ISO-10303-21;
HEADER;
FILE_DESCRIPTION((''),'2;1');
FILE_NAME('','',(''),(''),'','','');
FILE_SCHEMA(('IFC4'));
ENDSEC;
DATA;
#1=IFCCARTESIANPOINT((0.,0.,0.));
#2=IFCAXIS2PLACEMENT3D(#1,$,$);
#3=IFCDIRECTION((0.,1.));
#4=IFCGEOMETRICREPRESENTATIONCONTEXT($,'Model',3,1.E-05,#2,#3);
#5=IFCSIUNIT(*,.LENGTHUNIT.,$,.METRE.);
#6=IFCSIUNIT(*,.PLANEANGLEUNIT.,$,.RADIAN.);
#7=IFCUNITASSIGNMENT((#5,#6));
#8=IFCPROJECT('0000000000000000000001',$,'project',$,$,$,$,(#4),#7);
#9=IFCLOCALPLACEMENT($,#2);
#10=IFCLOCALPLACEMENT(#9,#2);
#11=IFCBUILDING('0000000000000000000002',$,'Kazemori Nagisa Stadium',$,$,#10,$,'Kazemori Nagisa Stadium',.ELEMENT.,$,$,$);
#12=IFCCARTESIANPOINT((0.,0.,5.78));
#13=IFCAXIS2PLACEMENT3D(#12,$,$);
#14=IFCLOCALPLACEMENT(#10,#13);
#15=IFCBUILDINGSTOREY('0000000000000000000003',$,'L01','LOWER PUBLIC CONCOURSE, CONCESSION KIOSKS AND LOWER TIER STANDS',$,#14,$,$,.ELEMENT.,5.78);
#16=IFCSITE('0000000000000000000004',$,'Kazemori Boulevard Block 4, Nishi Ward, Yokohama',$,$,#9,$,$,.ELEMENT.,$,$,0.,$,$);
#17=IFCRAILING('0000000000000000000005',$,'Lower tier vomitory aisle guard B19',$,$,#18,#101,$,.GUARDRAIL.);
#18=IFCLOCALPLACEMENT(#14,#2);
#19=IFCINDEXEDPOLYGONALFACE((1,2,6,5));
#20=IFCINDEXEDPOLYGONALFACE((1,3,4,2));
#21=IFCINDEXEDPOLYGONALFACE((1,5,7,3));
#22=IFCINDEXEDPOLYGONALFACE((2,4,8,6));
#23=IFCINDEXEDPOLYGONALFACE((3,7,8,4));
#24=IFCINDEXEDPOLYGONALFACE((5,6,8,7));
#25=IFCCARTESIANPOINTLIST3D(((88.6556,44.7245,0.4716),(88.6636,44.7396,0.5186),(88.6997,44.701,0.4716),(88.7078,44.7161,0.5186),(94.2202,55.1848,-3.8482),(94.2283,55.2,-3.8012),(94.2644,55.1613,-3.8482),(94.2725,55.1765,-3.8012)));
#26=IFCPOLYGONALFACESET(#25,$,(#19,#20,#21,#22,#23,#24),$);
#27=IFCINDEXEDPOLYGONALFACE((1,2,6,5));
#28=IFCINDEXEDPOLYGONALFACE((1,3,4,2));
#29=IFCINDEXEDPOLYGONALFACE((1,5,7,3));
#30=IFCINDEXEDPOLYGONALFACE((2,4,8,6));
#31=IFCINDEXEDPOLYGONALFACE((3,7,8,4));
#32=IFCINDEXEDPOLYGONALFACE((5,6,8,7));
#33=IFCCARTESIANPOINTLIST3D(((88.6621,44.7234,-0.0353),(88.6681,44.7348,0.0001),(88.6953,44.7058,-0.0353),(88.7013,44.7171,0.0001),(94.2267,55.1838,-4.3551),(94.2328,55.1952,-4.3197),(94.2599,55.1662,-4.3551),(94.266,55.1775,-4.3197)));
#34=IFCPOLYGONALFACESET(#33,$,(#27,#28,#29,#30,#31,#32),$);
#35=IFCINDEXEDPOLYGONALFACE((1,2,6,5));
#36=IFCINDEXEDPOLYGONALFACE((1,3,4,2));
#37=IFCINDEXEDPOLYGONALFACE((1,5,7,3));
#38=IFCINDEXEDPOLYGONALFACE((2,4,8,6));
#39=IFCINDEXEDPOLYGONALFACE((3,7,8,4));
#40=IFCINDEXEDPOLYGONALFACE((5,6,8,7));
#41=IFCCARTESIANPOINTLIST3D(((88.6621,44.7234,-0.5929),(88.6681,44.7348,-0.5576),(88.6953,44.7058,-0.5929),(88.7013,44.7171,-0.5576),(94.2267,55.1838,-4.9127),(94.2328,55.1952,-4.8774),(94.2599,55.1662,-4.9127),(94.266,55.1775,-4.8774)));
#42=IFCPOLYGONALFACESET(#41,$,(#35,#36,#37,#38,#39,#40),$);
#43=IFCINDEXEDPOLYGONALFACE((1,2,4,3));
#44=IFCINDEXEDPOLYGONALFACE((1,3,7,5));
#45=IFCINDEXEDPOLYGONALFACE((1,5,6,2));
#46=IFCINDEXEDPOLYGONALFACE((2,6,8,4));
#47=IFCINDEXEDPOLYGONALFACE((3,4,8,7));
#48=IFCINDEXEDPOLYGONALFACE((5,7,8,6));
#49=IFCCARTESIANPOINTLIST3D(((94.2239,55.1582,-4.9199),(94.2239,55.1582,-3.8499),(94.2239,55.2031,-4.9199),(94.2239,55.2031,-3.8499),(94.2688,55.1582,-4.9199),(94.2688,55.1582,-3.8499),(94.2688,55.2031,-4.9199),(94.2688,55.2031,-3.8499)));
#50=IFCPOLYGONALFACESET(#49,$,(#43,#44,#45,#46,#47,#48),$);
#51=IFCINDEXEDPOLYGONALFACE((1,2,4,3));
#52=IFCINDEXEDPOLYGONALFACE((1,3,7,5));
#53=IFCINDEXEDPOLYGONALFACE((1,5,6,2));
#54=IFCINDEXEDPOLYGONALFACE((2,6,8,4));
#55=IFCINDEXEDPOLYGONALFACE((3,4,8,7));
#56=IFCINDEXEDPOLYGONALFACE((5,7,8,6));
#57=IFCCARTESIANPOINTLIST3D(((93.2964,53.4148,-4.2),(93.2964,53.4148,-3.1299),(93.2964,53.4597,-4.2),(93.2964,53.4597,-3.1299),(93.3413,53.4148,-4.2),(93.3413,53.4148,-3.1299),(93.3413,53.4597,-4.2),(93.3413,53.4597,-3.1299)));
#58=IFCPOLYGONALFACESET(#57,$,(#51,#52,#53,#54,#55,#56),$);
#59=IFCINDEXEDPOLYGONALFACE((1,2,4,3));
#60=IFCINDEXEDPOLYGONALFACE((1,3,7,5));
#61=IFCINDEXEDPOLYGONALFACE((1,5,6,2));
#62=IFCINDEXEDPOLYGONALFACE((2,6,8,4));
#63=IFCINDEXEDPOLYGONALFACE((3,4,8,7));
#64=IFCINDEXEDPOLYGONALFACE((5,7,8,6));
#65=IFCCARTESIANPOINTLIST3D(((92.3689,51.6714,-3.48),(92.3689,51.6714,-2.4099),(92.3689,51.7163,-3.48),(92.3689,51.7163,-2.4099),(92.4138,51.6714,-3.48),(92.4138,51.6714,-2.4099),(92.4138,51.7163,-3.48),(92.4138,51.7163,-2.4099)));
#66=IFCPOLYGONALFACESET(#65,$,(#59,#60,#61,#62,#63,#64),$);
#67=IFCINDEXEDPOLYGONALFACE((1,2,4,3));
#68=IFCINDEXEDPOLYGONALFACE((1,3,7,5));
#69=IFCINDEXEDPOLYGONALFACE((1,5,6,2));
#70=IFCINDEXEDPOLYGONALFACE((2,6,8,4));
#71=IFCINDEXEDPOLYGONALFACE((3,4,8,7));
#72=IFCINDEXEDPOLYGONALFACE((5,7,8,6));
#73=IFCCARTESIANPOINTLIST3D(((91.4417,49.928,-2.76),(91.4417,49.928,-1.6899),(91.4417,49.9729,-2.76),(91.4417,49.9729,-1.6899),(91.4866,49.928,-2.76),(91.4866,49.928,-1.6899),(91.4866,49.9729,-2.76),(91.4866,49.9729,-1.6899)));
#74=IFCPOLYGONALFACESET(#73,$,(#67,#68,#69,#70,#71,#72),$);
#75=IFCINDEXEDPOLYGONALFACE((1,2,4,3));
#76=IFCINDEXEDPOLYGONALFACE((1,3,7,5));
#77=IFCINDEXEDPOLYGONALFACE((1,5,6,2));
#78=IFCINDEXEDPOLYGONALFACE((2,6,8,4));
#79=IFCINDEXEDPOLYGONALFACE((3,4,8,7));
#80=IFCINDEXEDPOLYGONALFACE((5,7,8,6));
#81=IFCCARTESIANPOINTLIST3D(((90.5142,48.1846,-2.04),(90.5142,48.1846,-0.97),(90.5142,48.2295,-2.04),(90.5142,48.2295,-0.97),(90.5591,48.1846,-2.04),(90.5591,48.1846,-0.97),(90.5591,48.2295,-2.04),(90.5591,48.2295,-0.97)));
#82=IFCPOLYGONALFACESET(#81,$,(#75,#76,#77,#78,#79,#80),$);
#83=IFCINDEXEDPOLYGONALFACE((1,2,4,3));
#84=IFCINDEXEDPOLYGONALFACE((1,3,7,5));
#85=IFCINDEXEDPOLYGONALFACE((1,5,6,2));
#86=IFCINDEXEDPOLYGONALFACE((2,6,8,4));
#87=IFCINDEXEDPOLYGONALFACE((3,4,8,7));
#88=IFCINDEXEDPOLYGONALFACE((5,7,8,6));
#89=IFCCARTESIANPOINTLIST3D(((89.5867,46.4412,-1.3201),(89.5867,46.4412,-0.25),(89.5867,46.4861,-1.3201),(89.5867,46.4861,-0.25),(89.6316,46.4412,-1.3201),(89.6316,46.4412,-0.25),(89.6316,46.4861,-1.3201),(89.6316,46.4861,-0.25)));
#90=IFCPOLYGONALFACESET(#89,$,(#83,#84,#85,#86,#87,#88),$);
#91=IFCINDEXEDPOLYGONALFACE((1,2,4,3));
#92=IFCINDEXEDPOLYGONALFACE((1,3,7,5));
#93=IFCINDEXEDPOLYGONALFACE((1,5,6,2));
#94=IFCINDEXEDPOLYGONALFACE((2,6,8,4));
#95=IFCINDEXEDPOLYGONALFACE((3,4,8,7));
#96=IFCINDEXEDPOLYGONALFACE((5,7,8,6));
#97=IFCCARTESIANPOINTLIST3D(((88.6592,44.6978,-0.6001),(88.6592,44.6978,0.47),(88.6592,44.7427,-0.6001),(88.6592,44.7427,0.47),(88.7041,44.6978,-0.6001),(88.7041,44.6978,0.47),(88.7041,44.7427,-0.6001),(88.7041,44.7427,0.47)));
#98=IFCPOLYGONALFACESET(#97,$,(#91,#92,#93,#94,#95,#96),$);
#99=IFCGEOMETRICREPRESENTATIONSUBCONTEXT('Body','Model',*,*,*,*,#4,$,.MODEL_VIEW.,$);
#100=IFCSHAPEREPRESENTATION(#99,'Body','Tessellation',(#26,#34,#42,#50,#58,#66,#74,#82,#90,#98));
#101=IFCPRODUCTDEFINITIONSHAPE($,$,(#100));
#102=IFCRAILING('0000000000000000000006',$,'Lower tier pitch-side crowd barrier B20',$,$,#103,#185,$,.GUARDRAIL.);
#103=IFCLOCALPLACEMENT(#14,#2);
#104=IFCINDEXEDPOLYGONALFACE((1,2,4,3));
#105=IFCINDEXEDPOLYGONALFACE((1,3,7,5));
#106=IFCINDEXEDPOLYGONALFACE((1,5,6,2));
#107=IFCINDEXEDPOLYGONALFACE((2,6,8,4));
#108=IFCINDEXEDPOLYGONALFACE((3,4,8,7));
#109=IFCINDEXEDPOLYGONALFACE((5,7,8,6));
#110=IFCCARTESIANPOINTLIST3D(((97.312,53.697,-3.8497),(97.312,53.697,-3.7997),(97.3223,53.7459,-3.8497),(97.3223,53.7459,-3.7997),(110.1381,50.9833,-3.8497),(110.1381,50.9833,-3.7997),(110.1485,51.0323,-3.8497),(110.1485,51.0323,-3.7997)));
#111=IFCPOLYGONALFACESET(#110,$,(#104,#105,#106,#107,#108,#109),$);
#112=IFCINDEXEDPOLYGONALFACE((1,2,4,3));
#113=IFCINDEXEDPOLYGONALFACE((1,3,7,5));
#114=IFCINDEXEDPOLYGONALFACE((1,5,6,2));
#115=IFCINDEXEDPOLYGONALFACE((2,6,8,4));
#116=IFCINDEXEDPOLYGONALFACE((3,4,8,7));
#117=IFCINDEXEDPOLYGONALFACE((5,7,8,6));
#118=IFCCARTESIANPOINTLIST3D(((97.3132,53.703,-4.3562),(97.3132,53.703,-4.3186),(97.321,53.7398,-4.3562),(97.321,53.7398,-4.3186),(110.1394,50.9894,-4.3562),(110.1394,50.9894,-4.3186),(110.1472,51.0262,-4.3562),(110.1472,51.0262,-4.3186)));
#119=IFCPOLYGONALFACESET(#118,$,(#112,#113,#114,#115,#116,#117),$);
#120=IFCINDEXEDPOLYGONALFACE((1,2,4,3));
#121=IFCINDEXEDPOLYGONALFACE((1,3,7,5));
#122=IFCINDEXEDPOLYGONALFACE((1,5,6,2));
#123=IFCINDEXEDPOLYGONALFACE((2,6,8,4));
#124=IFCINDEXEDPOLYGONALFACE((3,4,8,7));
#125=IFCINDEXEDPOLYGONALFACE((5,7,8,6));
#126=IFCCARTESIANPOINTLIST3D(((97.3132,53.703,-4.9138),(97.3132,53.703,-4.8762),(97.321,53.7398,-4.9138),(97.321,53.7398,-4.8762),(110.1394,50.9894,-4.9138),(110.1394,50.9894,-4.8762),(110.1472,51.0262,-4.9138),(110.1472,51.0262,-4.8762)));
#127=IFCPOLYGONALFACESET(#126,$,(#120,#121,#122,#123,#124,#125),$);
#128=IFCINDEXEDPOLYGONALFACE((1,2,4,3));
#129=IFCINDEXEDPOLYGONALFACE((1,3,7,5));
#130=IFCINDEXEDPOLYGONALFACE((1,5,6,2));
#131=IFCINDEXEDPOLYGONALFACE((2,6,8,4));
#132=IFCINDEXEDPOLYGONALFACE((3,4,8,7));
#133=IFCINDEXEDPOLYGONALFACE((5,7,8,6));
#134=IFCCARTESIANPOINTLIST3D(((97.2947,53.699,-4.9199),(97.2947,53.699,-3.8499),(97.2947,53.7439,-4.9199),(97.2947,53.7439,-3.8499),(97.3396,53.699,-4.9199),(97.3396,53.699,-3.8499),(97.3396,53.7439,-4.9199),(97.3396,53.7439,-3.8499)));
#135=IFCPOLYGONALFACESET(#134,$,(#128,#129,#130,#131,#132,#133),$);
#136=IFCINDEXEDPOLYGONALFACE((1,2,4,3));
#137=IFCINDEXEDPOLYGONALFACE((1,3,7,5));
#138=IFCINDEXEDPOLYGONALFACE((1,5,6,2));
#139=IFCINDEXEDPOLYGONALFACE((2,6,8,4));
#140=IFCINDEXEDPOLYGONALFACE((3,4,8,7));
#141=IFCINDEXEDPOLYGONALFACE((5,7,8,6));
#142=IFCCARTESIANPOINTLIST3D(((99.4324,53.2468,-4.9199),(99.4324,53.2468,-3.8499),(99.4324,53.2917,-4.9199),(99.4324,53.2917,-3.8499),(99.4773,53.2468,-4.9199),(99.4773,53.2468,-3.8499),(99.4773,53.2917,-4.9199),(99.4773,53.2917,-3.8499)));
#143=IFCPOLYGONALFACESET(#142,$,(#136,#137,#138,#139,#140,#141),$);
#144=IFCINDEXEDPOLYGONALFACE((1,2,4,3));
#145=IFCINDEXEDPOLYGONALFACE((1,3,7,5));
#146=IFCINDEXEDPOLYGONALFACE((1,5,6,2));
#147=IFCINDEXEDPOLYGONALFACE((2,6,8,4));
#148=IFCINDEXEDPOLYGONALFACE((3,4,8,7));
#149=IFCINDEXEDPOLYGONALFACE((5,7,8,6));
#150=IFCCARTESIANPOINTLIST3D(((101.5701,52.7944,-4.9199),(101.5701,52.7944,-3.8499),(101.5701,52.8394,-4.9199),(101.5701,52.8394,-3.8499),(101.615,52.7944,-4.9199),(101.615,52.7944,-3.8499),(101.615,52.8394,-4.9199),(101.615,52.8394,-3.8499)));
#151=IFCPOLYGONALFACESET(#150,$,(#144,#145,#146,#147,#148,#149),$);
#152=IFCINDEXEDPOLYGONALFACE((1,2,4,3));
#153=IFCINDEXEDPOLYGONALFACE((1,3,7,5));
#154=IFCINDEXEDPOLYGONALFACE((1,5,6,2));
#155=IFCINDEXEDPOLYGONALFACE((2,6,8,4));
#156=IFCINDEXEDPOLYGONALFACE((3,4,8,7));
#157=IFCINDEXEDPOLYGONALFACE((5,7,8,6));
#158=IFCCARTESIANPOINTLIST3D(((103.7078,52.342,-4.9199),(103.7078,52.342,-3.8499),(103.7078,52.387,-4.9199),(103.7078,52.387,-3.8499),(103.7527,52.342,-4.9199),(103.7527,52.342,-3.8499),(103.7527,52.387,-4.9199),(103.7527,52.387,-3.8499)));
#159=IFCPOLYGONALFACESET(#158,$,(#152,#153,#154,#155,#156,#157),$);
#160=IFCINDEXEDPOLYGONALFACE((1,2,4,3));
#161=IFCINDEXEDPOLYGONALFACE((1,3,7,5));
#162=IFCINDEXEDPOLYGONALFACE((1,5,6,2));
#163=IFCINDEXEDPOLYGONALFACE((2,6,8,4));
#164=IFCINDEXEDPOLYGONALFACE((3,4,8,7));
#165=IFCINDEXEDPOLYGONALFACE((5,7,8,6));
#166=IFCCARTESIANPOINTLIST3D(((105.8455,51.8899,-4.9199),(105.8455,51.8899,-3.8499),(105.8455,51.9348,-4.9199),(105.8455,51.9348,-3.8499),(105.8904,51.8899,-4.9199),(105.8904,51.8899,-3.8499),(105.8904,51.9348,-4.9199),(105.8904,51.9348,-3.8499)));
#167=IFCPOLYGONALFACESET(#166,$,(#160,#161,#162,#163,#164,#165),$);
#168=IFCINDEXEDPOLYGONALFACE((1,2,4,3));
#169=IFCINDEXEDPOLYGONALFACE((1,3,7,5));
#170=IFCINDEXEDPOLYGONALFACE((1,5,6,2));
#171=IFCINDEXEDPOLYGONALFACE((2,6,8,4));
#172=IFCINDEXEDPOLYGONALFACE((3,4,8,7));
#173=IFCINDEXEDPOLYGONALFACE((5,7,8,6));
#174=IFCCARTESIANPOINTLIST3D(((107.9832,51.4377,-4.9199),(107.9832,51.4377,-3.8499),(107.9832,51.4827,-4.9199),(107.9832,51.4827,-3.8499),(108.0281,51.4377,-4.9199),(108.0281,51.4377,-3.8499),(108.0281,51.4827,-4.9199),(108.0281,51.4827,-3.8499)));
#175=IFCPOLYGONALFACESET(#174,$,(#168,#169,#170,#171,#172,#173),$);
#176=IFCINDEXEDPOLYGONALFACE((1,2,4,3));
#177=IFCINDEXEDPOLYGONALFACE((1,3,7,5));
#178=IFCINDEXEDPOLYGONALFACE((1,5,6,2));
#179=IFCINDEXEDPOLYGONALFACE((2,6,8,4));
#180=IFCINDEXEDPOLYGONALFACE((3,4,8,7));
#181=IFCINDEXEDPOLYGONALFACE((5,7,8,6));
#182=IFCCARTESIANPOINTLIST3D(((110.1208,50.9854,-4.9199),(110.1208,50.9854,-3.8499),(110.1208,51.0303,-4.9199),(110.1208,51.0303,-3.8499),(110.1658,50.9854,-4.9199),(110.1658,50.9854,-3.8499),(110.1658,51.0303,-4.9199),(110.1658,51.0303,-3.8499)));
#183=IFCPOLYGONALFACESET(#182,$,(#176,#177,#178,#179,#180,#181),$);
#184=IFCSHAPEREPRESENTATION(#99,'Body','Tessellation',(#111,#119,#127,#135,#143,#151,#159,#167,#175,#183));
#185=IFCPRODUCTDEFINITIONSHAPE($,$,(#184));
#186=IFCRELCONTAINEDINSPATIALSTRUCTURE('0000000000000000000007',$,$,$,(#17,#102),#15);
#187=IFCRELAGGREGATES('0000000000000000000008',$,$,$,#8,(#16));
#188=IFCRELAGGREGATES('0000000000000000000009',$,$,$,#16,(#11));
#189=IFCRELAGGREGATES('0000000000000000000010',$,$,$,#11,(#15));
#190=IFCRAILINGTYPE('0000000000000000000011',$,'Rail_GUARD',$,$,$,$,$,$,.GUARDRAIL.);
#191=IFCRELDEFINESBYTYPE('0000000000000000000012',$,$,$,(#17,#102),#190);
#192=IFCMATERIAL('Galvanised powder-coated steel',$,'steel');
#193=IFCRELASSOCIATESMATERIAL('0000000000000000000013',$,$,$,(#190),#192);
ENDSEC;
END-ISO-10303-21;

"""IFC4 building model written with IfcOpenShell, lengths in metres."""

from ifc_helpers import new_model, si_unit, direction, frame, origin, origin_2d, place, context, subcontext, project, spatial, rectangle, extrude, material, type_object, element, save


model = new_model("IFC4")

# Units and contexts
model_context = context("Model", 3, precision=1e-05, world=origin(), true_north=direction((0.0, 1.0)))
body_context = subcontext(model_context, "Body", "Model", "MODEL_VIEW")
ifc_project = project(units=[si_unit("LENGTHUNIT", "METRE"), si_unit("PLANEANGLEUNIT", "RADIAN")], contexts=[model_context])

# Site, building, storey
site_placement = place(None, origin())
site = spatial("IfcSite", under=ifc_project, at=site_placement, Name="Kazemori Boulevard Block 4, Nishi Ward, Yokohama", CompositionType="ELEMENT", RefElevation=0.0)
building_placement = place(site_placement, origin())
building = spatial("IfcBuilding", under=site, at=building_placement, Name="Kazemori Nagisa Stadium", LongName="Kazemori Nagisa Stadium", CompositionType="ELEMENT")
storey_placement = place(building_placement, frame((0.0, 0.0, 5.78)))
storey = spatial("IfcBuildingStorey", under=building, at=storey_placement, Name="L01", Description="LOWER PUBLIC CONCOURSE, CONCESSION KIOSKS AND LOWER TIER STANDS", CompositionType="ELEMENT", Elevation=5.78)

# Railings
ifc_material_1 = material(Name="Galvanised powder-coated steel", Category="steel")
railing_type_1 = type_object("IfcRailingType", Name="Rail_GUARD", PredefinedType="GUARDRAIL", material=ifc_material_1)
railing_1_placement = place(storey_placement, frame((94.2463, 55.1807, -4.9199)))
element("IfcRailing", 1, at=railing_1_placement, inside=storey, type_object=railing_type_1, Name="Lower tier vomitory aisle guard B19", PredefinedType="GUARDRAIL", context=body_context, shape_type="SweptSolid", body=[
    extrude(rectangle(XDim=0.05, YDim=0.05, at=origin_2d()), frame((0.0, 0.0, 1.0952), z_axis=(-0.441243, -0.829443, 0.342533), x_axis=(0.88285, -0.469654, 0.0)), (0.0, 0.0, 1.0), 12.6113),
    extrude(rectangle(XDim=0.0376, YDim=0.0376, at=origin_2d()), frame((0.0, 0.0, 0.5825), z_axis=(-0.441243, -0.829443, 0.342533), x_axis=(0.88285, -0.469654, 0.0)), (0.0, 0.0, 1.0), 12.6113),
    extrude(rectangle(XDim=0.0376, YDim=0.0376, at=origin_2d()), frame((0.0, 0.0, 0.0249), z_axis=(-0.441243, -0.829443, 0.342533), x_axis=(0.88285, -0.469654, 0.0)), (0.0, 0.0, 1.0), 12.6113),
    extrude(rectangle(XDim=0.0449, YDim=0.0449, at=origin_2d()), origin(), (0.0, 0.0, 1.0), 1.0701),
    extrude(rectangle(XDim=0.0449, YDim=0.0449, at=origin_2d()), frame((-0.9275, -1.7434, 0.72)), (0.0, 0.0, 1.0), 1.0701),
    extrude(rectangle(XDim=0.0449, YDim=0.0449, at=origin_2d()), frame((-1.855, -3.4868, 1.4399)), (0.0, 0.0, 1.0), 1.0701),
    extrude(rectangle(XDim=0.0449, YDim=0.0449, at=origin_2d()), frame((-2.7822, -5.2302, 2.1599)), (0.0, 0.0, 1.0), 1.0701),
    extrude(rectangle(XDim=0.0449, YDim=0.0449, at=origin_2d()), frame((-3.7097, -6.9736, 2.8799)), (0.0, 0.0, 1.0), 1.0701),
    extrude(rectangle(XDim=0.0449, YDim=0.0449, at=origin_2d()), frame((-4.6372, -8.717, 3.5999)), (0.0, 0.0, 1.0), 1.0701),
    extrude(rectangle(XDim=0.0449, YDim=0.0449, at=origin_2d()), frame((-5.5647, -10.4604, 4.3198)), (0.0, 0.0, 1.0), 1.0701),
])
railing_2_placement = place(storey_placement, frame((97.3171, 53.7214, -4.9199)))
element("IfcRailing", 2, at=railing_2_placement, inside=storey, type_object=railing_type_1, Name="Lower tier pitch-side crowd barrier B20", PredefinedType="GUARDRAIL", context=body_context, shape_type="SweptSolid", body=[
    extrude(rectangle(XDim=0.05, YDim=0.05, at=origin_2d()), frame((0.0, 0.0, 1.0952), z_axis=(0.978344, -0.206987, 0.0), x_axis=(0.206987, 0.978344, 0.0)), (0.0, 0.0, 1.0), 13.1101),
    extrude(rectangle(XDim=0.0376, YDim=0.0376, at=origin_2d()), frame((0.0, 0.0, 0.5825), z_axis=(0.978344, -0.206987, 0.0), x_axis=(0.206987, 0.978344, 0.0)), (0.0, 0.0, 1.0), 13.1101),
    extrude(rectangle(XDim=0.0376, YDim=0.0376, at=origin_2d()), frame((0.0, 0.0, 0.0249), z_axis=(0.978344, -0.206987, 0.0), x_axis=(0.206987, 0.978344, 0.0)), (0.0, 0.0, 1.0), 13.1101),
    extrude(rectangle(XDim=0.0449, YDim=0.0449, at=origin_2d()), origin(), (0.0, 0.0, 1.0), 1.0701),
    extrude(rectangle(XDim=0.0449, YDim=0.0449, at=origin_2d()), frame((2.1377, -0.4521, 0.0)), (0.0, 0.0, 1.0), 1.0701),
    extrude(rectangle(XDim=0.0449, YDim=0.0449, at=origin_2d()), frame((4.2754, -0.9045, 0.0)), (0.0, 0.0, 1.0), 1.0701),
    extrude(rectangle(XDim=0.0449, YDim=0.0449, at=origin_2d()), frame((6.4131, -1.3569, 0.0)), (0.0, 0.0, 1.0), 1.0701),
    extrude(rectangle(XDim=0.0449, YDim=0.0449, at=origin_2d()), frame((8.5508, -1.8091, 0.0)), (0.0, 0.0, 1.0), 1.0701),
    extrude(rectangle(XDim=0.0449, YDim=0.0449, at=origin_2d()), frame((10.6885, -2.2612, 0.0)), (0.0, 0.0, 1.0), 1.0701),
    extrude(rectangle(XDim=0.0449, YDim=0.0449, at=origin_2d()), frame((12.8262, -2.7136, 0.0)), (0.0, 0.0, 1.0), 1.0701),
])

save(model, "model.ifc")
